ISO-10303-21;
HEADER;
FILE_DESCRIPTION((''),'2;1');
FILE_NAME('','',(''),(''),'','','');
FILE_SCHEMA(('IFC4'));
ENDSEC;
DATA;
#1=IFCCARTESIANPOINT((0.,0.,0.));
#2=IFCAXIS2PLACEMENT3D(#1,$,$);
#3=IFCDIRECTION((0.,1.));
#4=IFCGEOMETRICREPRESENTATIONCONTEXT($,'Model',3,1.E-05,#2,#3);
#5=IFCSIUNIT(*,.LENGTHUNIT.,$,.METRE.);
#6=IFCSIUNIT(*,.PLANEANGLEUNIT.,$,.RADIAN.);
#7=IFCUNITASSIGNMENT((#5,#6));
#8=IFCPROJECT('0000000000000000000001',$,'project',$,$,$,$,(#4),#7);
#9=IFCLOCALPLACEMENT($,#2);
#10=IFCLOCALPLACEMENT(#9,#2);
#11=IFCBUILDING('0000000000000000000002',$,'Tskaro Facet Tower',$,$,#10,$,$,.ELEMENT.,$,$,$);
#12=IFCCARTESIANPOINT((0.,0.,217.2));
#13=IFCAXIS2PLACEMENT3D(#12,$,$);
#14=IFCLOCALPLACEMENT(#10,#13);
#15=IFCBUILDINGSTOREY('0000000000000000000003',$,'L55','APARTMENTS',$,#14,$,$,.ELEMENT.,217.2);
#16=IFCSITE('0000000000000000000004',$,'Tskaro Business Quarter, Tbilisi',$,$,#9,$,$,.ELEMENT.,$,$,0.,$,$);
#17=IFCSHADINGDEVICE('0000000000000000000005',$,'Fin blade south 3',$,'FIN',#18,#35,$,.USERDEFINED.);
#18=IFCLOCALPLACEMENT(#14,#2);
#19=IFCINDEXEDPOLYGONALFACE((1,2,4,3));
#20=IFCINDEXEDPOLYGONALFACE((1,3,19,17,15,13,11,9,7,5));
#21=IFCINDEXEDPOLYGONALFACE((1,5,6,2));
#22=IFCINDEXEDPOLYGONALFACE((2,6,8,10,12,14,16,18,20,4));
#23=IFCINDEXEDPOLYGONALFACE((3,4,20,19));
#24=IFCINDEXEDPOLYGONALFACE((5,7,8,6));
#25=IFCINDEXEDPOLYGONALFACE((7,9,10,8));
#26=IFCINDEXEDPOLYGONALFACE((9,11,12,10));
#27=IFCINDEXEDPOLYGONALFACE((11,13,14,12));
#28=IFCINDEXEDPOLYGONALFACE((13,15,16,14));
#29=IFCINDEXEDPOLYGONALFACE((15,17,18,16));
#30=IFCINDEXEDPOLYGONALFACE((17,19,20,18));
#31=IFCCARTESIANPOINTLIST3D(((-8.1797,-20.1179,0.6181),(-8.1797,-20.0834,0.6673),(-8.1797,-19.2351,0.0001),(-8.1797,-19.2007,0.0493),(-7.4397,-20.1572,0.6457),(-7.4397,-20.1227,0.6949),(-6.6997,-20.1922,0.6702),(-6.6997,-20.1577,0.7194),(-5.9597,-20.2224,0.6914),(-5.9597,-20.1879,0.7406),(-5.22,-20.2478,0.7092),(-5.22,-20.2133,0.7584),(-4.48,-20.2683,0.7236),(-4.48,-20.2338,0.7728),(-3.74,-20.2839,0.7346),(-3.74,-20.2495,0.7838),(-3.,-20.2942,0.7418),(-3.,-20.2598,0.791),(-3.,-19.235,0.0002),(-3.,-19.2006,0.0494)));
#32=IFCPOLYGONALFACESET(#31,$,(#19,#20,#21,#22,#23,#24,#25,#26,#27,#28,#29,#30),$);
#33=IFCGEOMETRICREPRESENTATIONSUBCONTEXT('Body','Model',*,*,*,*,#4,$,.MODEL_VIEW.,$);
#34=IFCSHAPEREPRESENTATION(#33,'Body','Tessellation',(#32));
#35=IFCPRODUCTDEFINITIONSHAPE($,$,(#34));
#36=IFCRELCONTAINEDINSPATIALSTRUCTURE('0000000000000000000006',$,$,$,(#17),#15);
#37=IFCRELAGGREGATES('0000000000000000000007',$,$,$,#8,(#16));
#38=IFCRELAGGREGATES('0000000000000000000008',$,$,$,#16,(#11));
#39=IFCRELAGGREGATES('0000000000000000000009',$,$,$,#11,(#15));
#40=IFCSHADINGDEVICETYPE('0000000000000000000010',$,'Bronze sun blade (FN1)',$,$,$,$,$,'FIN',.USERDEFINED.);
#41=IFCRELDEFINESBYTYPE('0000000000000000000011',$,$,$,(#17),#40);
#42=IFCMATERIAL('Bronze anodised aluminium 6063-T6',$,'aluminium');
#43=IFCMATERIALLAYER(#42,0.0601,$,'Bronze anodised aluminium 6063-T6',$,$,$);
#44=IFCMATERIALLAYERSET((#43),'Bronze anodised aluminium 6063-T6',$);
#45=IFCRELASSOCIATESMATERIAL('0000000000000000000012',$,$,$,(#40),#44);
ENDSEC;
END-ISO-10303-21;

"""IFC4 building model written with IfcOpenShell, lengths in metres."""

from ifc_helpers import new_model, si_unit, direction, frame, origin, place, context, subcontext, project, spatial, polyline, outline, extrude, material, layer, layer_set, type_object, element, save


model = new_model("IFC4")

# Units and contexts
model_context = context("Model", 3, precision=1e-05, world=origin(), true_north=direction((0.0, 1.0)))
body_context = subcontext(model_context, "Body", "Model", "MODEL_VIEW")
ifc_project = project(units=[si_unit("LENGTHUNIT", "METRE"), si_unit("PLANEANGLEUNIT", "RADIAN")], contexts=[model_context])

# Site, building, storey
site_placement = place(None, origin())
site = spatial("IfcSite", under=ifc_project, at=site_placement, Name="Tskaro Business Quarter, Tbilisi", CompositionType="ELEMENT", RefElevation=0.0)
building_placement = place(site_placement, origin())
building = spatial("IfcBuilding", under=site, at=building_placement, Name="Tskaro Facet Tower", CompositionType="ELEMENT")
storey_placement = place(building_placement, frame((0.0, 0.0, 217.2)))
storey = spatial("IfcBuildingStorey", under=building, at=storey_placement, Name="L55", Description="APARTMENTS", CompositionType="ELEMENT", Elevation=217.2)

# Shared definitions
ifc_material_1 = material(Name="Bronze anodised aluminium 6063-T6", Category="aluminium")

# Shading device
ifc_layer_1 = layer(ifc_material_1, 0.0601, Name="Bronze anodised aluminium 6063-T6")
ifc_layer_set_1 = layer_set([ifc_layer_1], Name="Bronze anodised aluminium 6063-T6")
shading_device_type = type_object("IfcShadingDeviceType", Name="Bronze sun blade (FN1)", ElementType="FIN", PredefinedType="USERDEFINED", material=ifc_layer_set_1)
shading_device_1_placement = place(storey_placement, frame((-8.1797, -19.2007, 0.0493), z_axis=(-0.000029, 0.573534, 0.819182), x_axis=(1.0, 0.000017, 0.000024)))
element("IfcShadingDevice", 1, at=shading_device_1_placement, inside=storey, type_object=shading_device_type, Name="Fin blade south 3", ObjectType="FIN", PredefinedType="USERDEFINED", context=body_context, shape_type="SweptSolid", body=[
    extrude(outline(polyline([(0.0, 0.0), (5.1797, 0.0), (5.1797, -1.293), (4.4397, -1.2804), (3.6997, -1.2613), (2.9597, -1.2362), (2.22, -1.2052), (1.48, -1.1683), (0.74, -1.1256), (0.0, -1.0776), (0.0, 0.0)])), origin(), (0.0, 0.0, -1.0), 0.0601),
])

save(model, "model.ifc")
